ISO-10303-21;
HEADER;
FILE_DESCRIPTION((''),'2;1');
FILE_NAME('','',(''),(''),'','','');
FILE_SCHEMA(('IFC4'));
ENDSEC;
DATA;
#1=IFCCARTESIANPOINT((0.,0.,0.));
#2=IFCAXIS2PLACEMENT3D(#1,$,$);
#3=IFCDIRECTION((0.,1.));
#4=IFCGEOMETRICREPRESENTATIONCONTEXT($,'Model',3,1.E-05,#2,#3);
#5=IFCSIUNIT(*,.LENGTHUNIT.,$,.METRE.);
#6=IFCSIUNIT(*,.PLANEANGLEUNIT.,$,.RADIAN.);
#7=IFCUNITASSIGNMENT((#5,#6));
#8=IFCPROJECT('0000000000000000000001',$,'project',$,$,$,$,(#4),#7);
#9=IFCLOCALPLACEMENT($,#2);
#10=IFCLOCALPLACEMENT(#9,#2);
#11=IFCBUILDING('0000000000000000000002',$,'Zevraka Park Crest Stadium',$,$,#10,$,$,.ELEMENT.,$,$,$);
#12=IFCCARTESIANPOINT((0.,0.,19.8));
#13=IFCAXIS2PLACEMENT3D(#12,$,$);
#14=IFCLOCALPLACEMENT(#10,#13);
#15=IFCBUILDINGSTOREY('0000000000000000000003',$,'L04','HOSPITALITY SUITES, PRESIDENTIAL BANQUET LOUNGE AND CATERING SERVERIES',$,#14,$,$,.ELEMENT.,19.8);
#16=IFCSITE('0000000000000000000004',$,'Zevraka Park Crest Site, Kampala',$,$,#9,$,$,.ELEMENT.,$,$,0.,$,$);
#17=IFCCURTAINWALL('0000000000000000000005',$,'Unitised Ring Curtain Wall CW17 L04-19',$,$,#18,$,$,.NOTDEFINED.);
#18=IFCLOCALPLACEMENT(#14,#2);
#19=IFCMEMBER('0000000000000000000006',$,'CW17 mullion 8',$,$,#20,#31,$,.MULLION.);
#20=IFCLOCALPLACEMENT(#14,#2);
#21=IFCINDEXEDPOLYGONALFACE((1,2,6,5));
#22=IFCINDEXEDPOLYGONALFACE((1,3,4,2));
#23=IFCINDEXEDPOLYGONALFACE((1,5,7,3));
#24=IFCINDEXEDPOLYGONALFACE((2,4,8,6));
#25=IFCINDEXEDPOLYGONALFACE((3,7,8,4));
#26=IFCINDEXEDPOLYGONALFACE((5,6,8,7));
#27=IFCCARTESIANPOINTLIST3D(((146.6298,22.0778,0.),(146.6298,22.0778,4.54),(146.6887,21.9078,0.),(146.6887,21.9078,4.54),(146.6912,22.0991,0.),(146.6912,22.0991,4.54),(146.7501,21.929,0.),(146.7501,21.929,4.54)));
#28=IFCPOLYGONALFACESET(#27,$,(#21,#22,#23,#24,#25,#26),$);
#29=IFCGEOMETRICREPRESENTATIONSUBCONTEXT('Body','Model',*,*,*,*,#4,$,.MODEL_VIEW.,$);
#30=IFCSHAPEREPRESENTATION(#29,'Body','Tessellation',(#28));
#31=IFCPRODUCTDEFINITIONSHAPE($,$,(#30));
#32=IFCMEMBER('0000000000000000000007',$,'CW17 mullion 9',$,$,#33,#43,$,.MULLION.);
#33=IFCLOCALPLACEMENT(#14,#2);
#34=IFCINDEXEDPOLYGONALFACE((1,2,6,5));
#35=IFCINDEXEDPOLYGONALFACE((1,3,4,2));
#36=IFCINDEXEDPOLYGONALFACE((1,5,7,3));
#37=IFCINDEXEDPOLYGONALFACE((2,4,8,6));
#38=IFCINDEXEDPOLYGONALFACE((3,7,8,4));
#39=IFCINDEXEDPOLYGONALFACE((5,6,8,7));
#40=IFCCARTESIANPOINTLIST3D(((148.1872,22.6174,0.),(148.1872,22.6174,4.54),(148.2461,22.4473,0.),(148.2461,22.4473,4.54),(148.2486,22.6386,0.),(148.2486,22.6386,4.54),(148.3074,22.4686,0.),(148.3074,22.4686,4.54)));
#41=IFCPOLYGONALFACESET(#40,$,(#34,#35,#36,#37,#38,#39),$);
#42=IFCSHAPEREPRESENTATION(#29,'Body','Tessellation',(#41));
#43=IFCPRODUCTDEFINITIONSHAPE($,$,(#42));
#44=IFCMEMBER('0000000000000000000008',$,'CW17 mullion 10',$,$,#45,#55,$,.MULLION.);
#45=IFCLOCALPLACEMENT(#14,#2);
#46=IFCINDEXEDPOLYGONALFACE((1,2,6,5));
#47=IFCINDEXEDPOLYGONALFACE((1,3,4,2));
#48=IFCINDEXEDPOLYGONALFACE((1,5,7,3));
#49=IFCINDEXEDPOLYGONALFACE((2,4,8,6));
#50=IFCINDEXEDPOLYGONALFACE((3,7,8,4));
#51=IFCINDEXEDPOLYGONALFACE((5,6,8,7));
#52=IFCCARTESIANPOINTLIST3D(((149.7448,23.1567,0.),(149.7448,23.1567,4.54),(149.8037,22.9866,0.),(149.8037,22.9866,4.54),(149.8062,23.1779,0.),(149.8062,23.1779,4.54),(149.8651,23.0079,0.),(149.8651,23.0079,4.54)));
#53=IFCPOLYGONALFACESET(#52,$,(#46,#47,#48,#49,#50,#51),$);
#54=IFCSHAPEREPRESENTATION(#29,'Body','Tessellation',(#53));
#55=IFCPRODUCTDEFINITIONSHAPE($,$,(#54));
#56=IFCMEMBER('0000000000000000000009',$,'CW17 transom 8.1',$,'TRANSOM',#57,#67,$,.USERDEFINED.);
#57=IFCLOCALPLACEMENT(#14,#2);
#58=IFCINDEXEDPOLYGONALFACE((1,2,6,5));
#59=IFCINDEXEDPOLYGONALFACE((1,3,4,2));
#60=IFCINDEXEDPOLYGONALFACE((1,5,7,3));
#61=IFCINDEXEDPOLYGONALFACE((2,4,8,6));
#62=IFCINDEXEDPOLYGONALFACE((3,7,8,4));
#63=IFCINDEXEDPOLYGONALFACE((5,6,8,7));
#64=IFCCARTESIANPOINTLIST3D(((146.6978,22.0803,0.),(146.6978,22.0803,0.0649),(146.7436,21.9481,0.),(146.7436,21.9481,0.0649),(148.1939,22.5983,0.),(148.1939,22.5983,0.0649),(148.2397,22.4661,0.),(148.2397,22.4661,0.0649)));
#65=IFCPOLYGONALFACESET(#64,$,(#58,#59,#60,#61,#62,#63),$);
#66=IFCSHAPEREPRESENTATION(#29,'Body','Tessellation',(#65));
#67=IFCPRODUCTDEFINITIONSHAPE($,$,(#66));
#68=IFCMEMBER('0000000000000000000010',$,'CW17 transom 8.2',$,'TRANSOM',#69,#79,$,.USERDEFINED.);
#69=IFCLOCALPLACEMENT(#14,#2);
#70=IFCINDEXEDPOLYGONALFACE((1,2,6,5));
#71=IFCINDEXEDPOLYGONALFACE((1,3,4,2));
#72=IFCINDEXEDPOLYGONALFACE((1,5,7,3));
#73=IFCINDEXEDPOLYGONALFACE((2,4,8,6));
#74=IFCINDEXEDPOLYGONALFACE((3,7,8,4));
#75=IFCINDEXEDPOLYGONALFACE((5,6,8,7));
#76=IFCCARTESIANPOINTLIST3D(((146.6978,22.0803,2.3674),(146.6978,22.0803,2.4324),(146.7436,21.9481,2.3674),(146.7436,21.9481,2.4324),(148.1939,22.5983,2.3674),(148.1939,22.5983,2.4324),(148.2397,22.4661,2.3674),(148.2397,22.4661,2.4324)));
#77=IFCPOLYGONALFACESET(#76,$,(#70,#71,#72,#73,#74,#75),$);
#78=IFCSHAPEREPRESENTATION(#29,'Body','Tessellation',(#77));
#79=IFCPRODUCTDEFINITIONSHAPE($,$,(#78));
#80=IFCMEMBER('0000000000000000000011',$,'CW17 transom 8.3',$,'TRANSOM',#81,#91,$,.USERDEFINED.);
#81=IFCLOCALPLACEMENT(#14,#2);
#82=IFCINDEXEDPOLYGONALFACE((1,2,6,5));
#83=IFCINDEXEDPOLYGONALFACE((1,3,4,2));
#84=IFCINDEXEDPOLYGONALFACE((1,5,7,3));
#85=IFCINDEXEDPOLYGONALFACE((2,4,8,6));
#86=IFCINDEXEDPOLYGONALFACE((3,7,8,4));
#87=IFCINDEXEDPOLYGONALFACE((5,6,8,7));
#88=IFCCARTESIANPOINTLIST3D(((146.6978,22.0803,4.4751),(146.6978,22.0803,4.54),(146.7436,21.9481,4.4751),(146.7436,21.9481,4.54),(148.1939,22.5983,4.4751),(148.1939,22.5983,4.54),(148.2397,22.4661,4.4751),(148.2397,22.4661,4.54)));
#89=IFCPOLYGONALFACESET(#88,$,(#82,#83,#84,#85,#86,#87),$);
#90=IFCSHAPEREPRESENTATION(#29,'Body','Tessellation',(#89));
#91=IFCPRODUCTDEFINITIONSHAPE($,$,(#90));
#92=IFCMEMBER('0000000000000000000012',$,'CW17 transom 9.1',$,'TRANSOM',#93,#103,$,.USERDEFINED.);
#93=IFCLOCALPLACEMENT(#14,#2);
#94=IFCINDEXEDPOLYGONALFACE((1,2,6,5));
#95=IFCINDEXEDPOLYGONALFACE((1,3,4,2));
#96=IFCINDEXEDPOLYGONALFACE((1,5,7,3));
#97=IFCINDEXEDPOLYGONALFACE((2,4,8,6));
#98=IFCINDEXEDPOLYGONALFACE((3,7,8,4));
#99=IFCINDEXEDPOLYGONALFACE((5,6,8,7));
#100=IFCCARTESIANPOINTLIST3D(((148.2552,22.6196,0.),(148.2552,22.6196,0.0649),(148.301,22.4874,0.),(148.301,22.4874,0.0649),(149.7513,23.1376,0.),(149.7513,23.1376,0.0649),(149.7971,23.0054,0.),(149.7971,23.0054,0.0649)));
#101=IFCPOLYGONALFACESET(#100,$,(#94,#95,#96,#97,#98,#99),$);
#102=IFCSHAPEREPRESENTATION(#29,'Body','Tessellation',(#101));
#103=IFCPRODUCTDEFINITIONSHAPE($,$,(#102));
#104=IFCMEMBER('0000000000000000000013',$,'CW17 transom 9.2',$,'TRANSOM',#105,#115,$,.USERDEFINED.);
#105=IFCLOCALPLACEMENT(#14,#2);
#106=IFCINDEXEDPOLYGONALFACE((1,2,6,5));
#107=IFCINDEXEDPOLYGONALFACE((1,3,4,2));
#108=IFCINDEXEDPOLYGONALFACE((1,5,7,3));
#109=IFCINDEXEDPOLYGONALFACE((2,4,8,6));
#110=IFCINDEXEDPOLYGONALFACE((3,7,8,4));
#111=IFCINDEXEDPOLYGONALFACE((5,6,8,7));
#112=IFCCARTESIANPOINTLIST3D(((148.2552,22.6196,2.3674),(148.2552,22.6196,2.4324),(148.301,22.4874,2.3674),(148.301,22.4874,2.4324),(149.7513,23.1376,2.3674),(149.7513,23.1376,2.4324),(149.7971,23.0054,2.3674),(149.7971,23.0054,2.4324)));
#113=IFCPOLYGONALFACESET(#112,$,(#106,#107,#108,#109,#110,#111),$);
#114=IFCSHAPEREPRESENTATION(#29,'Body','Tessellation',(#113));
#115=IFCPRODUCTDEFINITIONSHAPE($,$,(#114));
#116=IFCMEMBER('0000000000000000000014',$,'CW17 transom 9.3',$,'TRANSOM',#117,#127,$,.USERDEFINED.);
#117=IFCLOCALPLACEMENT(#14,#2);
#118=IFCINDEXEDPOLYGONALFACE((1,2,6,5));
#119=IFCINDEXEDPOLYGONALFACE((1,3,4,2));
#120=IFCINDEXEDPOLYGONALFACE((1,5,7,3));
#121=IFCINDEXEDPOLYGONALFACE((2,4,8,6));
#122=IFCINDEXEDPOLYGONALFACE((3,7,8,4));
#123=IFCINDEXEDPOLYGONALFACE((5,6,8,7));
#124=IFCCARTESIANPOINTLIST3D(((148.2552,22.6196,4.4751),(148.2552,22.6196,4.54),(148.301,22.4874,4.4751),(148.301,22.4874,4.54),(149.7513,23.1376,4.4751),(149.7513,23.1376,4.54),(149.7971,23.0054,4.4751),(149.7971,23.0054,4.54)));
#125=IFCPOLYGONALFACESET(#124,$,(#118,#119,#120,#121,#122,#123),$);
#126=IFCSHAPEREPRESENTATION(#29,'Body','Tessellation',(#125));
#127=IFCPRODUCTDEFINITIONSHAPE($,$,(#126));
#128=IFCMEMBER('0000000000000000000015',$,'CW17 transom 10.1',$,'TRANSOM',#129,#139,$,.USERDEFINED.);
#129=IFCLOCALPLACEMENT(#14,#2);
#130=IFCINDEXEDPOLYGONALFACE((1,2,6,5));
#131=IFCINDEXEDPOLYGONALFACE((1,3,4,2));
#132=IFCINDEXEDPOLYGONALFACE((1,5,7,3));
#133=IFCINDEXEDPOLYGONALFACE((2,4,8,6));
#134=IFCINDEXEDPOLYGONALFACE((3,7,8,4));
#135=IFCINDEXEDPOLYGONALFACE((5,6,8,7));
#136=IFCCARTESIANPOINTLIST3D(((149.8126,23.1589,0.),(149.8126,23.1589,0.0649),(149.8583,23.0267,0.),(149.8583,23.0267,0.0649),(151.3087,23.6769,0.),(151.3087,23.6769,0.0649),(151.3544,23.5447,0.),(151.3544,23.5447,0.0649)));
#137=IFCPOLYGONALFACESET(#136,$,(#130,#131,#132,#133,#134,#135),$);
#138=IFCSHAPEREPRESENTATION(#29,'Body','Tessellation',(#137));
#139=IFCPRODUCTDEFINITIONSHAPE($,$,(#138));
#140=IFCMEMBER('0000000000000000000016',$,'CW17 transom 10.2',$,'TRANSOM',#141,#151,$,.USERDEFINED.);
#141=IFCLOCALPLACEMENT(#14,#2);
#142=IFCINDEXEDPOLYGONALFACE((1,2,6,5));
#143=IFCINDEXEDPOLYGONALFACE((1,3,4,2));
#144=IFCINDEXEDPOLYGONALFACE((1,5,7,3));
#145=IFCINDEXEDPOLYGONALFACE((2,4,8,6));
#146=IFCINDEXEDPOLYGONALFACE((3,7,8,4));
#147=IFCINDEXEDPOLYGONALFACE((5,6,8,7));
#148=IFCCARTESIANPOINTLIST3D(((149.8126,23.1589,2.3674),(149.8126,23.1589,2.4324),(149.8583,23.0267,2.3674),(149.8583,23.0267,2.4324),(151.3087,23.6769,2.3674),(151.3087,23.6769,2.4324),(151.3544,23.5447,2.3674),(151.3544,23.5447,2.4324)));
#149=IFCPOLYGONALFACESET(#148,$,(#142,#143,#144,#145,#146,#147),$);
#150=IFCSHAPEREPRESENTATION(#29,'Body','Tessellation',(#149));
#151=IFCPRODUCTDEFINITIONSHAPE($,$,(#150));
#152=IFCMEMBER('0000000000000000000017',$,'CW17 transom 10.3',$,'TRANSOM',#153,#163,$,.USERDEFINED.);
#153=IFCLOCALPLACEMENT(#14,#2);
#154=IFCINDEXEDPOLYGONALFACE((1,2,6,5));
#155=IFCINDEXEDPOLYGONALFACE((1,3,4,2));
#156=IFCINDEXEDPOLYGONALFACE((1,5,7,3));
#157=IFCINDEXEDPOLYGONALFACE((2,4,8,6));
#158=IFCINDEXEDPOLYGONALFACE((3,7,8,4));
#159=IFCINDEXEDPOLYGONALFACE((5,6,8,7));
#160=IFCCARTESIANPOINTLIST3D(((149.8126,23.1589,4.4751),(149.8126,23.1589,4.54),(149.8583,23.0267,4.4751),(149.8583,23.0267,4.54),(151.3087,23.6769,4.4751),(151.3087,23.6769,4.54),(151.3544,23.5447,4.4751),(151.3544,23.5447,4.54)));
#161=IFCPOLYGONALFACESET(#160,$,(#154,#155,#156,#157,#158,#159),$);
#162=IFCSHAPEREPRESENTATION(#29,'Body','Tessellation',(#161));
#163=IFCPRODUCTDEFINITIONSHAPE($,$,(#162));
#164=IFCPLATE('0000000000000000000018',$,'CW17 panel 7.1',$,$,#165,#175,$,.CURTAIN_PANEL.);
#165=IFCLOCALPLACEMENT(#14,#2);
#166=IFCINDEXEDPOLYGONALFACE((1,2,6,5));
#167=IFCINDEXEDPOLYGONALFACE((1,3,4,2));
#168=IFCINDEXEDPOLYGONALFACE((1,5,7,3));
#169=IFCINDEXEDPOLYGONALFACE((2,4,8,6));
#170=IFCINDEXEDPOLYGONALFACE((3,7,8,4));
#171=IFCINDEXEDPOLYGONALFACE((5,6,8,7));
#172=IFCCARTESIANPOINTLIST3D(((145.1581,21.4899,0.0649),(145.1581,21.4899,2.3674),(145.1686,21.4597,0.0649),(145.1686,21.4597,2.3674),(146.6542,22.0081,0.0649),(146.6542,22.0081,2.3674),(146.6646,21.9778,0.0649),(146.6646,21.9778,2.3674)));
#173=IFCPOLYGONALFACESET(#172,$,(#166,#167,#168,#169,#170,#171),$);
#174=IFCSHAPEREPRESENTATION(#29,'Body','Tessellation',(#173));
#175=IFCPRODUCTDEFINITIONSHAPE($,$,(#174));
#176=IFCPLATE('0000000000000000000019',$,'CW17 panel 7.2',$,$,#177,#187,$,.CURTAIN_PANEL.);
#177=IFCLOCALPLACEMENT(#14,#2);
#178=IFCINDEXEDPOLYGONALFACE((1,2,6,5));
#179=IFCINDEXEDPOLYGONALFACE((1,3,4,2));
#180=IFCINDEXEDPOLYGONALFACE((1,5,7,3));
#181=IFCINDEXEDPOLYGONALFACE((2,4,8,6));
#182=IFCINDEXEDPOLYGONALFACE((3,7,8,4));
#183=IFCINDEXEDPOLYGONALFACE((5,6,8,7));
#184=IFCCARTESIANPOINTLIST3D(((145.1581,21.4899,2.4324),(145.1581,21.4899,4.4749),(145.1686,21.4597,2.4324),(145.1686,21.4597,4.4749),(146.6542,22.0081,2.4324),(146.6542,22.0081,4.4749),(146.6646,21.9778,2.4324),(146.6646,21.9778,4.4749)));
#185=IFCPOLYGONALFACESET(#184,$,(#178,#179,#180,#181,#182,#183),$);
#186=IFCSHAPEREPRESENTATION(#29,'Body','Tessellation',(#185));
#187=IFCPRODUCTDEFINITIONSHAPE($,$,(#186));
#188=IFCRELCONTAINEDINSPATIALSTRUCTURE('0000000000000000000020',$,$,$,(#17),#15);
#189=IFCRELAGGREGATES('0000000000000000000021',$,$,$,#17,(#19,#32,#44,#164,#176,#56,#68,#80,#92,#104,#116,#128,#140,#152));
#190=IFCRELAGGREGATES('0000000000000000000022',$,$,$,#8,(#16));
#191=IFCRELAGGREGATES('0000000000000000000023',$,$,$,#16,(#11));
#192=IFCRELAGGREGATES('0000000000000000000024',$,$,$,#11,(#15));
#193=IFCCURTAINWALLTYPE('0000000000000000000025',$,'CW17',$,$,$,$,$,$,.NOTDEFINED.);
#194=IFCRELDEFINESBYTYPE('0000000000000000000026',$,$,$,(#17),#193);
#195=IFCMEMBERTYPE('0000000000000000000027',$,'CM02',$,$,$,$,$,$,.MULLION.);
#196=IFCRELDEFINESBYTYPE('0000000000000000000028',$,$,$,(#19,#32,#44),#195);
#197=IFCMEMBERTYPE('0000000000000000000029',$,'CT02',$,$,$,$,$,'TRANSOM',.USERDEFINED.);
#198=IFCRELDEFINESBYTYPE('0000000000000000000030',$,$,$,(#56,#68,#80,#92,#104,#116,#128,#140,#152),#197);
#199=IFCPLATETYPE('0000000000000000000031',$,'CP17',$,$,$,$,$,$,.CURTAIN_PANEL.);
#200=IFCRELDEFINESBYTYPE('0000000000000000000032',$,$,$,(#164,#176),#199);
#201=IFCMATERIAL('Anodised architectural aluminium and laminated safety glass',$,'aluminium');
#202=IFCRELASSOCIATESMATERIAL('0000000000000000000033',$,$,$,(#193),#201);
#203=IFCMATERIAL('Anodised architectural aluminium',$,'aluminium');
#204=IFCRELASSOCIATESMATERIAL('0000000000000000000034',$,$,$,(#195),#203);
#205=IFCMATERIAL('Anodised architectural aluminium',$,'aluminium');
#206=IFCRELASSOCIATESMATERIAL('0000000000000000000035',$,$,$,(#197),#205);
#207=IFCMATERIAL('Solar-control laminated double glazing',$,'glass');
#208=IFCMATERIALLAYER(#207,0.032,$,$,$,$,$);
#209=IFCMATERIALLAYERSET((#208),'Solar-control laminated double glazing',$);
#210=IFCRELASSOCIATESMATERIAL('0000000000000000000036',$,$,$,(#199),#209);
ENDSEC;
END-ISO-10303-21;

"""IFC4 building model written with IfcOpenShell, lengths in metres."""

from ifc_helpers import new_model, si_unit, direction, frame, origin, origin_2d, place, context, subcontext, project, spatial, rectangle, extrude, material, layer, layer_set, material_profile, profile_set, type_object, element, aggregate, save


model = new_model("IFC4")

# Units and contexts
model_context = context("Model", 3, precision=1e-05, world=origin(), true_north=direction((0.0, 1.0)))
body_context = subcontext(model_context, "Body", "Model", "MODEL_VIEW")
ifc_project = project(units=[si_unit("LENGTHUNIT", "METRE"), si_unit("PLANEANGLEUNIT", "RADIAN")], contexts=[model_context])

# Site, building, storey
site_placement = place(None, origin())
site = spatial("IfcSite", under=ifc_project, at=site_placement, Name="Zevraka Park Crest Site, Kampala", CompositionType="ELEMENT", RefElevation=0.0)
building_placement = place(site_placement, origin())
building = spatial("IfcBuilding", under=site, at=building_placement, Name="Zevraka Park Crest Stadium", CompositionType="ELEMENT")
storey_placement = place(building_placement, frame((0.0, 0.0, 19.8)))
storey = spatial("IfcBuildingStorey", under=building, at=storey_placement, Name="L04", Description="HOSPITALITY SUITES, PRESIDENTIAL BANQUET LOUNGE AND CATERING SERVERIES", CompositionType="ELEMENT", Elevation=19.8)

# Curtain wall, members, plates
ifc_material_1 = material(Name="Anodised architectural aluminium and laminated safety glass", Category="aluminium")
curtain_wall_type = type_object("IfcCurtainWallType", Name="CW17", PredefinedType="NOTDEFINED", material=ifc_material_1)
curtain_wall_placement = place(storey_placement, origin())
curtain_wall = element("IfcCurtainWall", 1, at=curtain_wall_placement, inside=storey, type_object=curtain_wall_type, Name="Unitised Ring Curtain Wall CW17 L04-19", PredefinedType="NOTDEFINED")
ifc_material_2 = material(Name="Anodised architectural aluminium", Category="aluminium")
ifc_material_profile_1 = material_profile(ifc_material_2, rectangle(XDim=0.1799, YDim=0.0649, at=origin_2d()), Name="ALU MULLION 180x65")
ifc_profile_set_1 = profile_set([ifc_material_profile_1], Name="Anodised architectural aluminium")
member_type_1 = type_object("IfcMemberType", Name="CM02", PredefinedType="MULLION", material=ifc_profile_set_1)
member_1_placement = place(storey_placement, frame((146.6899, 22.0034, 0.0), z_axis=(0.0, 0.0, 1.0), x_axis=(-0.327245, 0.94494, 0.0)))
member_1 = element("IfcMember", 2, at=member_1_placement, type_object=member_type_1, Name="CW17 mullion 8", PredefinedType="MULLION", context=body_context, shape_type="SweptSolid", body=[
    extrude(rectangle(XDim=0.1799, YDim=0.0649, at=origin_2d()), origin(), (0.0, 0.0, 1.0), 4.54),
])
member_2_placement = place(storey_placement, frame((148.2473, 22.543, 0.0), z_axis=(0.0, 0.0, 1.0), x_axis=(-0.327245, 0.94494, 0.0)))
member_2 = element("IfcMember", 3, at=member_2_placement, type_object=member_type_1, Name="CW17 mullion 9", PredefinedType="MULLION", context=body_context, shape_type="SweptSolid", body=[
    extrude(rectangle(XDim=0.1799, YDim=0.0649, at=origin_2d()), origin(), (0.0, 0.0, 1.0), 4.54),
])
member_3_placement = place(storey_placement, frame((149.8049, 23.0823, 0.0), z_axis=(0.0, 0.0, 1.0), x_axis=(-0.327245, 0.94494, 0.0)))
member_3 = element("IfcMember", 4, at=member_3_placement, type_object=member_type_1, Name="CW17 mullion 10", PredefinedType="MULLION", context=body_context, shape_type="SweptSolid", body=[
    extrude(rectangle(XDim=0.1799, YDim=0.0649, at=origin_2d()), origin(), (0.0, 0.0, 1.0), 4.54),
])
ifc_material_3 = material(Name="Anodised architectural aluminium", Category="aluminium")
ifc_material_profile_2 = material_profile(ifc_material_3, rectangle(XDim=0.1399, YDim=0.0649, at=origin_2d()), Name="ALU TRANSOM 140x65")
ifc_profile_set_2 = profile_set([ifc_material_profile_2], Name="Anodised architectural aluminium")
member_type_2 = type_object("IfcMemberType", Name="CT02", ElementType="TRANSOM", PredefinedType="USERDEFINED", material=ifc_profile_set_2)
member_4_placement = place(storey_placement, frame((146.7207, 22.0142, 0.0325), z_axis=(0.944949, 0.327216, 0.0), x_axis=(-0.327216, 0.944949, 0.0)))
member_4 = element("IfcMember", 5, at=member_4_placement, type_object=member_type_2, Name="CW17 transom 8.1", ObjectType="TRANSOM", PredefinedType="USERDEFINED", context=body_context, shape_type="SweptSolid", body=[
    extrude(rectangle(XDim=0.1399, YDim=0.0649, at=origin_2d()), origin(), (0.0, 0.0, 1.0), 1.5833),
])
member_5_placement = place(storey_placement, frame((146.7207, 22.0142, 2.3999), z_axis=(0.944949, 0.327216, 0.0), x_axis=(-0.327216, 0.944949, 0.0)))
member_5 = element("IfcMember", 6, at=member_5_placement, type_object=member_type_2, Name="CW17 transom 8.2", ObjectType="TRANSOM", PredefinedType="USERDEFINED", context=body_context, shape_type="SweptSolid", body=[
    extrude(rectangle(XDim=0.1399, YDim=0.0649, at=origin_2d()), origin(), (0.0, 0.0, 1.0), 1.5833),
])
member_6_placement = place(storey_placement, frame((146.7207, 22.0142, 4.5076), z_axis=(0.944949, 0.327216, 0.0), x_axis=(-0.327216, 0.944949, 0.0)))
member_6 = element("IfcMember", 7, at=member_6_placement, type_object=member_type_2, Name="CW17 transom 8.3", ObjectType="TRANSOM", PredefinedType="USERDEFINED", context=body_context, shape_type="SweptSolid", body=[
    extrude(rectangle(XDim=0.1399, YDim=0.0649, at=origin_2d()), origin(), (0.0, 0.0, 1.0), 1.5833),
])
member_7_placement = place(storey_placement, frame((148.2781, 22.5535, 0.0325), z_axis=(0.944949, 0.327216, 0.0), x_axis=(-0.327216, 0.944949, 0.0)))
member_7 = element("IfcMember", 8, at=member_7_placement, type_object=member_type_2, Name="CW17 transom 9.1", ObjectType="TRANSOM", PredefinedType="USERDEFINED", context=body_context, shape_type="SweptSolid", body=[
    extrude(rectangle(XDim=0.1399, YDim=0.0649, at=origin_2d()), origin(), (0.0, 0.0, 1.0), 1.5833),
])
member_8_placement = place(storey_placement, frame((148.2781, 22.5535, 2.3999), z_axis=(0.944949, 0.327216, 0.0), x_axis=(-0.327216, 0.944949, 0.0)))
member_8 = element("IfcMember", 9, at=member_8_placement, type_object=member_type_2, Name="CW17 transom 9.2", ObjectType="TRANSOM", PredefinedType="USERDEFINED", context=body_context, shape_type="SweptSolid", body=[
    extrude(rectangle(XDim=0.1399, YDim=0.0649, at=origin_2d()), origin(), (0.0, 0.0, 1.0), 1.5833),
])
member_9_placement = place(storey_placement, frame((148.2781, 22.5535, 4.5076), z_axis=(0.944949, 0.327216, 0.0), x_axis=(-0.327216, 0.944949, 0.0)))
member_9 = element("IfcMember", 10, at=member_9_placement, type_object=member_type_2, Name="CW17 transom 9.3", ObjectType="TRANSOM", PredefinedType="USERDEFINED", context=body_context, shape_type="SweptSolid", body=[
    extrude(rectangle(XDim=0.1399, YDim=0.0649, at=origin_2d()), origin(), (0.0, 0.0, 1.0), 1.5833),
])
member_10_placement = place(storey_placement, frame((149.8354, 23.0928, 0.0325), z_axis=(0.944949, 0.327216, 0.0), x_axis=(-0.327216, 0.944949, 0.0)))
member_10 = element("IfcMember", 11, at=member_10_placement, type_object=member_type_2, Name="CW17 transom 10.1", ObjectType="TRANSOM", PredefinedType="USERDEFINED", context=body_context, shape_type="SweptSolid", body=[
    extrude(rectangle(XDim=0.1399, YDim=0.0649, at=origin_2d()), origin(), (0.0, 0.0, 1.0), 1.5833),
])
member_11_placement = place(storey_placement, frame((149.8354, 23.0928, 2.3999), z_axis=(0.944949, 0.327216, 0.0), x_axis=(-0.327216, 0.944949, 0.0)))
member_11 = element("IfcMember", 12, at=member_11_placement, type_object=member_type_2, Name="CW17 transom 10.2", ObjectType="TRANSOM", PredefinedType="USERDEFINED", context=body_context, shape_type="SweptSolid", body=[
    extrude(rectangle(XDim=0.1399, YDim=0.0649, at=origin_2d()), origin(), (0.0, 0.0, 1.0), 1.5833),
])
member_12_placement = place(storey_placement, frame((149.8354, 23.0928, 4.5076), z_axis=(0.944949, 0.327216, 0.0), x_axis=(-0.327216, 0.944949, 0.0)))
member_12 = element("IfcMember", 13, at=member_12_placement, type_object=member_type_2, Name="CW17 transom 10.3", ObjectType="TRANSOM", PredefinedType="USERDEFINED", context=body_context, shape_type="SweptSolid", body=[
    extrude(rectangle(XDim=0.1399, YDim=0.0649, at=origin_2d()), origin(), (0.0, 0.0, 1.0), 1.5833),
])
ifc_material_4 = material(Name="Solar-control laminated double glazing", Category="glass")
ifc_layer_1 = layer(ifc_material_4, 0.032)
ifc_layer_set_1 = layer_set([ifc_layer_1], Name="Solar-control laminated double glazing")
plate_type = type_object("IfcPlateType", Name="CP17", PredefinedType="CURTAIN_PANEL", material=ifc_layer_set_1)
plate_1_placement = place(storey_placement, frame((145.9114, 21.7339, 0.0649), z_axis=(0.0, 0.0, 1.0), x_axis=(0.94494, 0.327245, 0.0)))
plate_1 = element("IfcPlate", 14, at=plate_1_placement, type_object=plate_type, Name="CW17 panel 7.1", PredefinedType="CURTAIN_PANEL", context=body_context, shape_type="SweptSolid", body=[
    extrude(rectangle(XDim=1.5833, YDim=0.032, at=origin_2d()), origin(), (0.0, 0.0, 1.0), 2.3025),
])
plate_2_placement = place(storey_placement, frame((145.9114, 21.7339, 2.4324), z_axis=(0.0, 0.0, 1.0), x_axis=(0.94494, 0.327245, 0.0)))
plate_2 = element("IfcPlate", 15, at=plate_2_placement, type_object=plate_type, Name="CW17 panel 7.2", PredefinedType="CURTAIN_PANEL", context=body_context, shape_type="SweptSolid", body=[
    extrude(rectangle(XDim=1.5833, YDim=0.032, at=origin_2d()), origin(), (0.0, 0.0, 1.0), 2.0425),
])
aggregate(curtain_wall, [member_1, member_2, member_3, plate_1, plate_2, member_4, member_5, member_6, member_7, member_8, member_9, member_10, member_11, member_12])

save(model, "model.ifc")
